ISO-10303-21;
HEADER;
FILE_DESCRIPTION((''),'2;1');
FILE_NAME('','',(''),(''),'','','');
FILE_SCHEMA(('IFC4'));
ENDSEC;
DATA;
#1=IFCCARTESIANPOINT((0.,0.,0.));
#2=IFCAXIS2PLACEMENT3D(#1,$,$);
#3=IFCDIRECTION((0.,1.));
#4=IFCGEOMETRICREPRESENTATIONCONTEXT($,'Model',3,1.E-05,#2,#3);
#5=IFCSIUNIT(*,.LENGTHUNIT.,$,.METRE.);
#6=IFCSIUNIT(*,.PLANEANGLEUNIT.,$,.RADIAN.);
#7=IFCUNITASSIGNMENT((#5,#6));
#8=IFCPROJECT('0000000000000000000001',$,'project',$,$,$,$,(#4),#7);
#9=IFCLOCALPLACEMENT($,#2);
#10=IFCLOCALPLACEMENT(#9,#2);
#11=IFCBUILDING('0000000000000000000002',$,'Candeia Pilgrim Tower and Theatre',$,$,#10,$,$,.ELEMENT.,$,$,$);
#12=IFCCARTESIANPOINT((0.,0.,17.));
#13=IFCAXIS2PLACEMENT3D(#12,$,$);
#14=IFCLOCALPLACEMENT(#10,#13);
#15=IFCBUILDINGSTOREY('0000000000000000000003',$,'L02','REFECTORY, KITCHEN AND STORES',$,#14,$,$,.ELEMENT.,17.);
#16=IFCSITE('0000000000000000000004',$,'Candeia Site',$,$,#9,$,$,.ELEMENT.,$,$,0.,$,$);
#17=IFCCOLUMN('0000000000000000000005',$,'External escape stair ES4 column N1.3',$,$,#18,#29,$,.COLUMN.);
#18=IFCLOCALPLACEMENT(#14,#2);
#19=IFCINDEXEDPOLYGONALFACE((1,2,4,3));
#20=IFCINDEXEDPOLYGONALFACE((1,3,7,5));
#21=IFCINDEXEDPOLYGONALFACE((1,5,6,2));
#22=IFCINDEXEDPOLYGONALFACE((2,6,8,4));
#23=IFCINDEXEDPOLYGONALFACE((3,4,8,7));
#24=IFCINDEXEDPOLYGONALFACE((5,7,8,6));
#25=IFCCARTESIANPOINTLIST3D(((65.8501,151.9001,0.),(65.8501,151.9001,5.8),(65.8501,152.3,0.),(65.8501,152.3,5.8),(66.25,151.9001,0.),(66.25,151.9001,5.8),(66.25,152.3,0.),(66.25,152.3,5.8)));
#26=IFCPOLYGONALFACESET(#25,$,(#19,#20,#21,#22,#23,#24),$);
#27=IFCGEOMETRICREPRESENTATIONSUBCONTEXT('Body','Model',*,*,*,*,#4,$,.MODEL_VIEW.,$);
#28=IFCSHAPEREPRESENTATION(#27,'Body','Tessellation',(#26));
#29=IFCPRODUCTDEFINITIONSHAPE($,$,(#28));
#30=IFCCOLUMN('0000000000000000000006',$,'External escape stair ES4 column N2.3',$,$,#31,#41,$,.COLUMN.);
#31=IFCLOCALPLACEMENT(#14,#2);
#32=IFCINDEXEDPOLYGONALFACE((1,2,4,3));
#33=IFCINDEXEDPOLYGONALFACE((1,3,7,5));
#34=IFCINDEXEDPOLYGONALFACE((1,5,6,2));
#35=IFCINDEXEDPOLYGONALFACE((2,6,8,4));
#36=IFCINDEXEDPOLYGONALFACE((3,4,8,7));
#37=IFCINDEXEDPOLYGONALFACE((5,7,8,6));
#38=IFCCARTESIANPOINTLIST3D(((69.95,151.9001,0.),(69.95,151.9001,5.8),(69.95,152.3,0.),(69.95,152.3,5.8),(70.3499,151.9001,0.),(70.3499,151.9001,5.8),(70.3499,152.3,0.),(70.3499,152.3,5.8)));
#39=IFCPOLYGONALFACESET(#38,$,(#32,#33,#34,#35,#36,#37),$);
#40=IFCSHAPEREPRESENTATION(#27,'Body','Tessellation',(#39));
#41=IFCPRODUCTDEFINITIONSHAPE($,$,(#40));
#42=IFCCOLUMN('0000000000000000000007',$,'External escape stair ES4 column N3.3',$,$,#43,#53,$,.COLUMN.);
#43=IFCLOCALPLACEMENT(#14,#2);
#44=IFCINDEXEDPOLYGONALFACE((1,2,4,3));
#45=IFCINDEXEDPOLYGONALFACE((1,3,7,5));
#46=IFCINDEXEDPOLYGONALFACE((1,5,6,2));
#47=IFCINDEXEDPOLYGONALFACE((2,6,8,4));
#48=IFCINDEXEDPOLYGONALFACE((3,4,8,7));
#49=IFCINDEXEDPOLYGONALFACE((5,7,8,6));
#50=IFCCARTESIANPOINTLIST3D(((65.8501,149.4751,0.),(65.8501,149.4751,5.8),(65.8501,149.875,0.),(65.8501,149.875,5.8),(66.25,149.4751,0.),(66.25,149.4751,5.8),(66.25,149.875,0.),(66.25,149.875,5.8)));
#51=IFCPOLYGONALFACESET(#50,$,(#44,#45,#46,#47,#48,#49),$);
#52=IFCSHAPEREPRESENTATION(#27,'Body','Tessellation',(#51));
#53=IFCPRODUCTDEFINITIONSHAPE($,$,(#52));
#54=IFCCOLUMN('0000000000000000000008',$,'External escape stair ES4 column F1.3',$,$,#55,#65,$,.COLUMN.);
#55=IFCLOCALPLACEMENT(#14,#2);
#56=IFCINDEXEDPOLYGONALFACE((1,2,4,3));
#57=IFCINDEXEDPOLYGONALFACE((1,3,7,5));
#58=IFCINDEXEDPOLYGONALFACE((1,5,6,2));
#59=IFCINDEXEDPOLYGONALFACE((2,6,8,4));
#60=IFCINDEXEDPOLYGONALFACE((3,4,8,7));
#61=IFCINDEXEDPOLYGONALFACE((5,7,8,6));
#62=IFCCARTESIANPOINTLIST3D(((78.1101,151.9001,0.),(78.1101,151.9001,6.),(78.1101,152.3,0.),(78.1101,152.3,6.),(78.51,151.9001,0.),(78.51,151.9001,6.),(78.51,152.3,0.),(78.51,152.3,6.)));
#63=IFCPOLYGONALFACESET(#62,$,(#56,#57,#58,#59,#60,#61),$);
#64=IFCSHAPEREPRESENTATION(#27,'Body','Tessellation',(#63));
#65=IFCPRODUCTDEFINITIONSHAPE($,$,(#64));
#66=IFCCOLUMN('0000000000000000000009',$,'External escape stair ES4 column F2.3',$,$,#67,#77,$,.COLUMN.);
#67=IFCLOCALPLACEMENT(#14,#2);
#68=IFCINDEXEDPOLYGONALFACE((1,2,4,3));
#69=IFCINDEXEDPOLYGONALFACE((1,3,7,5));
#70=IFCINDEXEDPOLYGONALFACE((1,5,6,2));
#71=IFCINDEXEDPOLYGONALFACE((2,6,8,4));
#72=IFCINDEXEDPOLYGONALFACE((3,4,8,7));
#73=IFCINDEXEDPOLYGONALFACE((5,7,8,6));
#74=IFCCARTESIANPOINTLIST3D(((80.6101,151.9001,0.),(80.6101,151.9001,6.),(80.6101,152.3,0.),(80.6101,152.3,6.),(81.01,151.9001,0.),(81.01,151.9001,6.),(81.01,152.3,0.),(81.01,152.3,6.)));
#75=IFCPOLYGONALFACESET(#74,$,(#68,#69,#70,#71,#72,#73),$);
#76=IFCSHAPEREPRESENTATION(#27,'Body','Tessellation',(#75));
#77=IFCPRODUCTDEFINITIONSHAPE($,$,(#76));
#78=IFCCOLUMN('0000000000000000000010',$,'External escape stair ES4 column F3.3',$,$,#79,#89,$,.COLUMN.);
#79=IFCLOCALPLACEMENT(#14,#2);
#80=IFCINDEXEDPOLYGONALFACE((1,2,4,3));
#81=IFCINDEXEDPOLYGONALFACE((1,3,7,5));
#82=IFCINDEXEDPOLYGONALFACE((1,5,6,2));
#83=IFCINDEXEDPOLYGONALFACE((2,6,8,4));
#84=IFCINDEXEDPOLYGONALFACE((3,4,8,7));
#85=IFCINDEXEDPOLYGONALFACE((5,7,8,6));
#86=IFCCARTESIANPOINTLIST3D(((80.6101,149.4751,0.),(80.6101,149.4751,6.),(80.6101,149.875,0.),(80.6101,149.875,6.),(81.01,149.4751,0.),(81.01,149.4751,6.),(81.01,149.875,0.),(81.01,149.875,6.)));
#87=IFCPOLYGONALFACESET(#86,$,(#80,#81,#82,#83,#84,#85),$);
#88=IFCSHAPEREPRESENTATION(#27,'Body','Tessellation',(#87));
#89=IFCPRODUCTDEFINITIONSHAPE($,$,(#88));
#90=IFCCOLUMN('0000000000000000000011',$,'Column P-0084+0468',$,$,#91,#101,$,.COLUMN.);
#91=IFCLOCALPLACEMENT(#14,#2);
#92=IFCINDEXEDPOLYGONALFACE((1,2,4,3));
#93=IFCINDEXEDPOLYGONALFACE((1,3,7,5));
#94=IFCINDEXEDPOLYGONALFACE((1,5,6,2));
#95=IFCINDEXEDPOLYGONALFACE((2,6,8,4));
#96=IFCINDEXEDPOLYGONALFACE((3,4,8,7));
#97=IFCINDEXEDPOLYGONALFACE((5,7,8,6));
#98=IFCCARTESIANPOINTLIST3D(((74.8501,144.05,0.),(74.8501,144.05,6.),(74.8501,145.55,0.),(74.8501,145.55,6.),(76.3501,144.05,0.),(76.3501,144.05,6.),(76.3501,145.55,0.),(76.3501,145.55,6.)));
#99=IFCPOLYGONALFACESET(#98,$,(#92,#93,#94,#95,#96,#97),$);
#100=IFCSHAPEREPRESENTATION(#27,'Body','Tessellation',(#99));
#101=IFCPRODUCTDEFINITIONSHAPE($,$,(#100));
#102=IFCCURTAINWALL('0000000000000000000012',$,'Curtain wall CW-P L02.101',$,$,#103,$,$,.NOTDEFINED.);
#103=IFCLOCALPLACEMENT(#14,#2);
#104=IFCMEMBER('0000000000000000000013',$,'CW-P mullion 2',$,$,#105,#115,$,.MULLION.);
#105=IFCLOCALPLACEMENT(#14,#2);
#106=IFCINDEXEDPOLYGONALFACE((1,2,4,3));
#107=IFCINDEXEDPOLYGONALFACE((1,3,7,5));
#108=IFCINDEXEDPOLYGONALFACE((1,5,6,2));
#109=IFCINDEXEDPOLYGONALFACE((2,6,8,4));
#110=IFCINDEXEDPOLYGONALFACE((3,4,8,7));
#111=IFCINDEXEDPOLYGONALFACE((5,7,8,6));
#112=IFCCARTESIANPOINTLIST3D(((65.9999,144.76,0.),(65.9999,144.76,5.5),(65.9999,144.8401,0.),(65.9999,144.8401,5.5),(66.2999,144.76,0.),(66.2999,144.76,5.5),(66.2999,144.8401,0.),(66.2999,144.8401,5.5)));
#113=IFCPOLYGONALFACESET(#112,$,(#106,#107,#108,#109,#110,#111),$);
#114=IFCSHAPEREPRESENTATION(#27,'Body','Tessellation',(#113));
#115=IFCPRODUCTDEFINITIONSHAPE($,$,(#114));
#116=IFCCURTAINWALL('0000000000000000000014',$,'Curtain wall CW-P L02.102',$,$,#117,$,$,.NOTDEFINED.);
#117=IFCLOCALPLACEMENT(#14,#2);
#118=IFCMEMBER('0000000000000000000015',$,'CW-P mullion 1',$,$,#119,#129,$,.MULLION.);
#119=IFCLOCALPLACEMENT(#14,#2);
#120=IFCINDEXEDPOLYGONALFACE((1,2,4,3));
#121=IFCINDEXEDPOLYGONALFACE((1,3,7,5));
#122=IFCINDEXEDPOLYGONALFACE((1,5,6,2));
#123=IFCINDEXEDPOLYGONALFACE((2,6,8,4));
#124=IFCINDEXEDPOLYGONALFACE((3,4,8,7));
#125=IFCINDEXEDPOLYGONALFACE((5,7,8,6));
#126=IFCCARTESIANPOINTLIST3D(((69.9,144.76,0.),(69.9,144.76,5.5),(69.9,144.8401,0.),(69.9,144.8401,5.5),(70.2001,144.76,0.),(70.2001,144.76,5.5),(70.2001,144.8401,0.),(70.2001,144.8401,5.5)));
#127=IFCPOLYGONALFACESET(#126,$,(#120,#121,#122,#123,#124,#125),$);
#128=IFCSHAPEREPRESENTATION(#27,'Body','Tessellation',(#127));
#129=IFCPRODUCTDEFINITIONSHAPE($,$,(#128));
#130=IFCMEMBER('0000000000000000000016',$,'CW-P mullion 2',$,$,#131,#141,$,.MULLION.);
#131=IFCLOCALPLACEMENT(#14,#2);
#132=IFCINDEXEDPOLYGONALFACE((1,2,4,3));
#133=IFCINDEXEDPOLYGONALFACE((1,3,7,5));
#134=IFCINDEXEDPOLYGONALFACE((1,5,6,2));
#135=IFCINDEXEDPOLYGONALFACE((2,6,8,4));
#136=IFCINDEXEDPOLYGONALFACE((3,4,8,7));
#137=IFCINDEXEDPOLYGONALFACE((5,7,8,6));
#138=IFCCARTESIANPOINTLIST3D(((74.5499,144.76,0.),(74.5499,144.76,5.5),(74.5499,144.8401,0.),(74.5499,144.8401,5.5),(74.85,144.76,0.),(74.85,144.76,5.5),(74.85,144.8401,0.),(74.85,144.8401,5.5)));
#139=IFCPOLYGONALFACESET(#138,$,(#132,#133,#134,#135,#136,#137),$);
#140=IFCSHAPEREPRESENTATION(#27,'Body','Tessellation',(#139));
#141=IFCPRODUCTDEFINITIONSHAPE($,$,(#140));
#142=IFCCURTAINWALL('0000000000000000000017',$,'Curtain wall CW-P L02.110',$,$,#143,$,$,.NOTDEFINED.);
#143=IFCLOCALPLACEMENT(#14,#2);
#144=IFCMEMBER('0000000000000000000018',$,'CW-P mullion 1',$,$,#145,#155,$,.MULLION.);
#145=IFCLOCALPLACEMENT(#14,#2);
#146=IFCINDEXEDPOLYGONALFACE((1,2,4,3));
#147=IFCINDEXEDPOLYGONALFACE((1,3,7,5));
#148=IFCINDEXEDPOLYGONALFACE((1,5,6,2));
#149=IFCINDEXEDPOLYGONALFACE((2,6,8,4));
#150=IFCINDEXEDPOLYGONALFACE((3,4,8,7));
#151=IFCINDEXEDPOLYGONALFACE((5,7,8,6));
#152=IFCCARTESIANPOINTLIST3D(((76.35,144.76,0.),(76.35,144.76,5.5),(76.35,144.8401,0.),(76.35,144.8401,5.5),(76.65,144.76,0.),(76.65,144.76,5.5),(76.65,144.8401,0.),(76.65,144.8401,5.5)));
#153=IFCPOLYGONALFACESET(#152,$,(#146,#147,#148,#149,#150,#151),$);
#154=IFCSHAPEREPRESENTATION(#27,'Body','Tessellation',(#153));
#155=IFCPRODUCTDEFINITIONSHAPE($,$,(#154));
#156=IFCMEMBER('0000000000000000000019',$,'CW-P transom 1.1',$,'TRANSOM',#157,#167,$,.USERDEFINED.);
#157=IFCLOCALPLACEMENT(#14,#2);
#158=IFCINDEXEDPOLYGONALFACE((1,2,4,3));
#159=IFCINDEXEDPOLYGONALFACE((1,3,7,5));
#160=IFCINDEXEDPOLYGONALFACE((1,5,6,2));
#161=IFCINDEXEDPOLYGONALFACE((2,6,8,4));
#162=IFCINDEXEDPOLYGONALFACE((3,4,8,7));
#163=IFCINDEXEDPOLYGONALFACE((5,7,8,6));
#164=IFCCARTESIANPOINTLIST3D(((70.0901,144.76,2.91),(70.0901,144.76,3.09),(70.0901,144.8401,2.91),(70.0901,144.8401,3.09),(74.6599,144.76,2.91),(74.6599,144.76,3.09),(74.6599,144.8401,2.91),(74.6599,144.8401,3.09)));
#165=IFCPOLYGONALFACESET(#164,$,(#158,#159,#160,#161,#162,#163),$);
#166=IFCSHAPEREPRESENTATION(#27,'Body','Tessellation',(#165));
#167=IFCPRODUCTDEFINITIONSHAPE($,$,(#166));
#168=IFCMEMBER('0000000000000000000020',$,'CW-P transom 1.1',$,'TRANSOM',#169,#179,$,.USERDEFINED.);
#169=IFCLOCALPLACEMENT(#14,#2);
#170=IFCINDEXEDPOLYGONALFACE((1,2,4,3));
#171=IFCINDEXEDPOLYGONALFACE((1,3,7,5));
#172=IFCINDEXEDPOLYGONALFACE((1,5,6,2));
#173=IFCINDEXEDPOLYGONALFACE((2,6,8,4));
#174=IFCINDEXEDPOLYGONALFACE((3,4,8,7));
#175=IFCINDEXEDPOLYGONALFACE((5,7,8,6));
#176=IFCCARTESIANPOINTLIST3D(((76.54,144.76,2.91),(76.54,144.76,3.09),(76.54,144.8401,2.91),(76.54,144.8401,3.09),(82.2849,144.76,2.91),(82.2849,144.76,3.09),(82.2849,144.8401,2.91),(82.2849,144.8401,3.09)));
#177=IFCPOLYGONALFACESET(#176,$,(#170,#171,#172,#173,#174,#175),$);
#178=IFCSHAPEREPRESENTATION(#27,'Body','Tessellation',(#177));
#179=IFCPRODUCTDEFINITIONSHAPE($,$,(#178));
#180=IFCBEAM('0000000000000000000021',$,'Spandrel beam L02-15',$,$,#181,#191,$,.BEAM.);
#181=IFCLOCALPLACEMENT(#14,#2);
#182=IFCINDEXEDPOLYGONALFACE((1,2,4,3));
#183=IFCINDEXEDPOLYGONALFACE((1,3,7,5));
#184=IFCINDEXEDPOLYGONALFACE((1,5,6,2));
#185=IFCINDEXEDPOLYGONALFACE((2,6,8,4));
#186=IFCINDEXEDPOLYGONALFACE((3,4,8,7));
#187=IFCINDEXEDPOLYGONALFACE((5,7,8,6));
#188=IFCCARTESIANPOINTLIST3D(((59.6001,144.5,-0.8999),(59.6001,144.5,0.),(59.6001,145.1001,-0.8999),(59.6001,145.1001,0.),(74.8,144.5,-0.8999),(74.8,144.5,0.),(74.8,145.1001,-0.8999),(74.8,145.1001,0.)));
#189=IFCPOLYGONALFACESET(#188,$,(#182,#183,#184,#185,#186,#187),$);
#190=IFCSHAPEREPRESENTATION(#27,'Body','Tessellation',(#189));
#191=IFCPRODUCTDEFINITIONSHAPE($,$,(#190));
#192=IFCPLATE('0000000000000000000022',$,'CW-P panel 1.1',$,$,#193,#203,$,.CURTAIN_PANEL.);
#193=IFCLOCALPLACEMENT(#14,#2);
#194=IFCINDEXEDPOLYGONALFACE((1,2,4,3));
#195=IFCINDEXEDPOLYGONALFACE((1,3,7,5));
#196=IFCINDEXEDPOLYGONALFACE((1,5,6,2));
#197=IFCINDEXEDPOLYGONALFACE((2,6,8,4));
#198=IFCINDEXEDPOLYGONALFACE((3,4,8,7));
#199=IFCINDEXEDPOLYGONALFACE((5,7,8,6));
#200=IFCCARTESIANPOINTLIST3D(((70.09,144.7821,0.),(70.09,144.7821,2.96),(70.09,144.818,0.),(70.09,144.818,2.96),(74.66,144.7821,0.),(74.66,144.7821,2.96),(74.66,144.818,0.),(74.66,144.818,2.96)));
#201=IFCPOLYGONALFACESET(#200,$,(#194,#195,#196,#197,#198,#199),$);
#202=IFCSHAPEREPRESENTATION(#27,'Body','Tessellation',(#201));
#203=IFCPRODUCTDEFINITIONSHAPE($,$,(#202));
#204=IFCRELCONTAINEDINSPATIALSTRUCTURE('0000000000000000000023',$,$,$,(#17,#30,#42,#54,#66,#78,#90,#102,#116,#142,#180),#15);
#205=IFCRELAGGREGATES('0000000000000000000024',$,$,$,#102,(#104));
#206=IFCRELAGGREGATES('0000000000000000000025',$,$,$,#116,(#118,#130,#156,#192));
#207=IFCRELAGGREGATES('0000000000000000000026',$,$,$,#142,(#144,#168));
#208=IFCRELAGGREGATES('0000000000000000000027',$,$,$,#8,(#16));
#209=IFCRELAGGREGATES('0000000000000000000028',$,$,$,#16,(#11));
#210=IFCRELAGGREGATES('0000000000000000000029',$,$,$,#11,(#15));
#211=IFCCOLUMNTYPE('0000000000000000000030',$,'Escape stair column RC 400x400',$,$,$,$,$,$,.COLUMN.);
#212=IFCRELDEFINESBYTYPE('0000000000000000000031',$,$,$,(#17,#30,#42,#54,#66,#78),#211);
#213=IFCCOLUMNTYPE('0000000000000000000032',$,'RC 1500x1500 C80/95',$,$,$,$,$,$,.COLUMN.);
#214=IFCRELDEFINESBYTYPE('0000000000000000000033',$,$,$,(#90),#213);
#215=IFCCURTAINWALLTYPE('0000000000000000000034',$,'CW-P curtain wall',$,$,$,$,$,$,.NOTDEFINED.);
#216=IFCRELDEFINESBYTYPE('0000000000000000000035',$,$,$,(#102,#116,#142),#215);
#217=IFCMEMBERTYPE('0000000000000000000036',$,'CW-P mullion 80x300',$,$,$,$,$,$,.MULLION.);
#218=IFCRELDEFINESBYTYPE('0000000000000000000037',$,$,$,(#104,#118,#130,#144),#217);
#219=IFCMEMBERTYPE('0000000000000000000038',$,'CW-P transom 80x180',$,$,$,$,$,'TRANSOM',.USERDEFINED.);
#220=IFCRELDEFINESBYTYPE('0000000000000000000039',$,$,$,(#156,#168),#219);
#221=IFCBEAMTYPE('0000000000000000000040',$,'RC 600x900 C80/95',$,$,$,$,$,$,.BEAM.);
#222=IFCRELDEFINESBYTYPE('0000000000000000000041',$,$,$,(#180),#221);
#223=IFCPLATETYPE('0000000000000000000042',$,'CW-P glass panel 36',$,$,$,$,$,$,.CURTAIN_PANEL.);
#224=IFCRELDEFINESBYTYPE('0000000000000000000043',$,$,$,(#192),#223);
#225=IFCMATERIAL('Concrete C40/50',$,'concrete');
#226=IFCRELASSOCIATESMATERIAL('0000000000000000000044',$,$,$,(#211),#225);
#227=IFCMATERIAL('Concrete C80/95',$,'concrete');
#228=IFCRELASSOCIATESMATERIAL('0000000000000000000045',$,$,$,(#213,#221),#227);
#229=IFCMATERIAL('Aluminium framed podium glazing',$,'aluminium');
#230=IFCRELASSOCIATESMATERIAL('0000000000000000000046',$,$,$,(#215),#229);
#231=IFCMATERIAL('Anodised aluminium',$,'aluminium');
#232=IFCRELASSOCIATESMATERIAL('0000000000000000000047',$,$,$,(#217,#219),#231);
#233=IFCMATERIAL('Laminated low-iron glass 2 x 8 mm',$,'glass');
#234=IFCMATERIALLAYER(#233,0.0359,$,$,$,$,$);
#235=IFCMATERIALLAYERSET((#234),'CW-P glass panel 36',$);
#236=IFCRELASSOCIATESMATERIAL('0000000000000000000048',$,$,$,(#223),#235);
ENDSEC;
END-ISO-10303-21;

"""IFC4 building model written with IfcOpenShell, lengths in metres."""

from ifc_helpers import new_model, si_unit, direction, frame, origin, origin_2d, place, context, subcontext, project, spatial, rectangle, extrude, material, layer, layer_set, material_profile, profile_set, type_object, element, aggregate, save


model = new_model("IFC4")

# Units and contexts
model_context = context("Model", 3, precision=1e-05, world=origin(), true_north=direction((0.0, 1.0)))
body_context = subcontext(model_context, "Body", "Model", "MODEL_VIEW")
ifc_project = project(units=[si_unit("LENGTHUNIT", "METRE"), si_unit("PLANEANGLEUNIT", "RADIAN")], contexts=[model_context])

# Site, building, storey
site_placement = place(None, origin())
site = spatial("IfcSite", under=ifc_project, at=site_placement, Name="Candeia Site", CompositionType="ELEMENT", RefElevation=0.0)
building_placement = place(site_placement, origin())
building = spatial("IfcBuilding", under=site, at=building_placement, Name="Candeia Pilgrim Tower and Theatre", CompositionType="ELEMENT")
storey_placement = place(building_placement, frame((0.0, 0.0, 17.0)))
storey = spatial("IfcBuildingStorey", under=building, at=storey_placement, Name="L02", Description="REFECTORY, KITCHEN AND STORES", CompositionType="ELEMENT", Elevation=17.0)

# Columns
ifc_material_1 = material(Name="Concrete C40/50", Category="concrete")
ifc_material_profile_1 = material_profile(ifc_material_1, rectangle(XDim=0.3999, YDim=0.3999, at=origin_2d()))
ifc_profile_set_1 = profile_set([ifc_material_profile_1], Name="Concrete C40/50")
column_type_1 = type_object("IfcColumnType", Name="Escape stair column RC 400x400", PredefinedType="COLUMN", material=ifc_profile_set_1)
for number, where, z_axis, x_axis, name in (
    (1, (66.05, 152.1001, 0.0), (0.0, 0.0, 1.0), (1.0, 0.0, 0.0), "External escape stair ES4 column N1.3"),
    (2, (70.1499, 152.1001, 0.0), (0.0, 0.0, 1.0), (1.0, 0.0, 0.0), "External escape stair ES4 column N2.3"),
    (3, (66.05, 149.675, 0.0), (0.0, 0.0, 1.0), (1.0, 0.0, 0.0), "External escape stair ES4 column N3.3"),
):
    element("IfcColumn", number, at=place(storey_placement, frame(where, z_axis=z_axis, x_axis=x_axis)), inside=storey, type_object=column_type_1, Name=name, PredefinedType="COLUMN", context=body_context, shape_type="SweptSolid", body=[
        extrude(rectangle(XDim=0.3999, YDim=0.3999, at=origin_2d()), origin(), (0.0, 0.0, 1.0), 5.8),
    ])
for number, where, z_axis, x_axis, name in (
    (4, (78.3101, 152.1001, 0.0), (0.0, 0.0, 1.0), (1.0, 0.0, 0.0), "External escape stair ES4 column F1.3"),
    (5, (80.8101, 152.1001, 0.0), (0.0, 0.0, 1.0), (1.0, 0.0, 0.0), "External escape stair ES4 column F2.3"),
    (6, (80.8101, 149.675, 0.0), (0.0, 0.0, 1.0), (1.0, 0.0, 0.0), "External escape stair ES4 column F3.3"),
):
    element("IfcColumn", number, at=place(storey_placement, frame(where, z_axis=z_axis, x_axis=x_axis)), inside=storey, type_object=column_type_1, Name=name, PredefinedType="COLUMN", context=body_context, shape_type="SweptSolid", body=[
        extrude(rectangle(XDim=0.3999, YDim=0.3999, at=origin_2d()), origin(), (0.0, 0.0, 1.0), 6.0),
    ])
ifc_material_2 = material(Name="Concrete C80/95", Category="concrete")
ifc_material_profile_2 = material_profile(ifc_material_2, rectangle(XDim=1.5, YDim=1.5, at=origin_2d()))
ifc_profile_set_2 = profile_set([ifc_material_profile_2], Name="Concrete C80/95")
column_type_2 = type_object("IfcColumnType", Name="RC 1500x1500 C80/95", PredefinedType="COLUMN", material=ifc_profile_set_2)
column_placement = place(storey_placement, frame((75.6001, 144.8, 0.0), z_axis=(0.0, 0.0, 1.0), x_axis=(1.0, 0.0, 0.0)))
element("IfcColumn", 7, at=column_placement, inside=storey, type_object=column_type_2, Name="Column P-0084+0468", PredefinedType="COLUMN", context=body_context, shape_type="SweptSolid", body=[
    extrude(rectangle(XDim=1.5, YDim=1.5, at=origin_2d()), origin(), (0.0, 0.0, 1.0), 6.0),
])

# Curtain wall, member
ifc_material_3 = material(Name="Aluminium framed podium glazing", Category="aluminium")
curtain_wall_type = type_object("IfcCurtainWallType", Name="CW-P curtain wall", PredefinedType="NOTDEFINED", material=ifc_material_3)
curtain_wall_1_placement = place(storey_placement, origin())
curtain_wall_1 = element("IfcCurtainWall", 8, at=curtain_wall_1_placement, inside=storey, type_object=curtain_wall_type, Name="Curtain wall CW-P L02.101", PredefinedType="NOTDEFINED")
ifc_material_4 = material(Name="Anodised aluminium", Category="aluminium")
ifc_material_profile_3 = material_profile(ifc_material_4, rectangle(XDim=0.0801, YDim=0.3, at=origin_2d()))
ifc_profile_set_3 = profile_set([ifc_material_profile_3], Name="Anodised aluminium")
member_type_1 = type_object("IfcMemberType", Name="CW-P mullion 80x300", PredefinedType="MULLION", material=ifc_profile_set_3)
member_1_placement = place(storey_placement, frame((66.1499, 144.8, 0.0), z_axis=(0.0, 0.0, 1.0), x_axis=(0.0, 1.0, 0.0)))
member_1 = element("IfcMember", 9, at=member_1_placement, type_object=member_type_1, Name="CW-P mullion 2", PredefinedType="MULLION", context=body_context, shape_type="SweptSolid", body=[
    extrude(rectangle(XDim=0.0801, YDim=0.3, at=origin_2d()), origin(), (0.0, 0.0, 1.0), 5.5),
])
aggregate(curtain_wall_1, [member_1])

# Curtain wall, members
curtain_wall_2_placement = place(storey_placement, origin())
curtain_wall_2 = element("IfcCurtainWall", 10, at=curtain_wall_2_placement, inside=storey, type_object=curtain_wall_type, Name="Curtain wall CW-P L02.102", PredefinedType="NOTDEFINED")
member_2_placement = place(storey_placement, frame((70.05, 144.8, 0.0), z_axis=(0.0, 0.0, 1.0), x_axis=(0.0, 1.0, 0.0)))
member_2 = element("IfcMember", 11, at=member_2_placement, type_object=member_type_1, Name="CW-P mullion 1", PredefinedType="MULLION", context=body_context, shape_type="SweptSolid", body=[
    extrude(rectangle(XDim=0.0801, YDim=0.3, at=origin_2d()), origin(), (0.0, 0.0, 1.0), 5.5),
])
member_3_placement = place(storey_placement, frame((74.7, 144.8, 0.0), z_axis=(0.0, 0.0, 1.0), x_axis=(0.0, 1.0, 0.0)))
member_3 = element("IfcMember", 12, at=member_3_placement, type_object=member_type_1, Name="CW-P mullion 2", PredefinedType="MULLION", context=body_context, shape_type="SweptSolid", body=[
    extrude(rectangle(XDim=0.0801, YDim=0.3, at=origin_2d()), origin(), (0.0, 0.0, 1.0), 5.5),
])

# Curtain wall, member
curtain_wall_3_placement = place(storey_placement, origin())
curtain_wall_3 = element("IfcCurtainWall", 13, at=curtain_wall_3_placement, inside=storey, type_object=curtain_wall_type, Name="Curtain wall CW-P L02.110", PredefinedType="NOTDEFINED")
member_4_placement = place(storey_placement, frame((76.5, 144.8, 0.0), z_axis=(0.0, 0.0, 1.0), x_axis=(0.0, 1.0, 0.0)))
member_4 = element("IfcMember", 14, at=member_4_placement, type_object=member_type_1, Name="CW-P mullion 1", PredefinedType="MULLION", context=body_context, shape_type="SweptSolid", body=[
    extrude(rectangle(XDim=0.0801, YDim=0.3, at=origin_2d()), origin(), (0.0, 0.0, 1.0), 5.5),
])

# Members
ifc_material_profile_4 = material_profile(ifc_material_4, rectangle(XDim=0.0801, YDim=0.1799, at=origin_2d()))
ifc_profile_set_4 = profile_set([ifc_material_profile_4], Name="Anodised aluminium")
member_type_2 = type_object("IfcMemberType", Name="CW-P transom 80x180", ElementType="TRANSOM", PredefinedType="USERDEFINED", material=ifc_profile_set_4)
member_5_placement = place(storey_placement, frame((70.0901, 144.8, 3.0), z_axis=(1.0, 0.0, 0.0), x_axis=(0.0, 1.0, 0.0)))
member_5 = element("IfcMember", 15, at=member_5_placement, type_object=member_type_2, Name="CW-P transom 1.1", ObjectType="TRANSOM", PredefinedType="USERDEFINED", context=body_context, shape_type="SweptSolid", body=[
    extrude(rectangle(XDim=0.0801, YDim=0.1799, at=origin_2d()), origin(), (0.0, 0.0, 1.0), 4.5698),
])
member_6_placement = place(storey_placement, frame((76.54, 144.8, 3.0), z_axis=(1.0, 0.0, 0.0), x_axis=(0.0, 1.0, 0.0)))
member_6 = element("IfcMember", 16, at=member_6_placement, type_object=member_type_2, Name="CW-P transom 1.1", ObjectType="TRANSOM", PredefinedType="USERDEFINED", context=body_context, shape_type="SweptSolid", body=[
    extrude(rectangle(XDim=0.0801, YDim=0.1799, at=origin_2d()), origin(), (0.0, 0.0, 1.0), 5.7449),
])

# Beam
ifc_material_profile_5 = material_profile(ifc_material_2, rectangle(XDim=0.6001, YDim=0.8999, at=origin_2d()))
ifc_profile_set_5 = profile_set([ifc_material_profile_5], Name="Concrete C80/95")
beam_type = type_object("IfcBeamType", Name="RC 600x900 C80/95", PredefinedType="BEAM", material=ifc_profile_set_5)
beam_placement = place(storey_placement, frame((74.8, 144.8, -0.45), z_axis=(-1.0, 0.0, 0.0), x_axis=(0.0, -1.0, 0.0)))
element("IfcBeam", 17, at=beam_placement, inside=storey, type_object=beam_type, Name="Spandrel beam L02-15", PredefinedType="BEAM", context=body_context, shape_type="SweptSolid", body=[
    extrude(rectangle(XDim=0.6001, YDim=0.8999, at=origin_2d()), origin(), (0.0, 0.0, 1.0), 15.2),
])

# Plate
ifc_material_5 = material(Name="Laminated low-iron glass 2 x 8 mm", Category="glass")
ifc_layer_1 = layer(ifc_material_5, 0.0359)
ifc_layer_set_1 = layer_set([ifc_layer_1], Name="CW-P glass panel 36")
plate_type = type_object("IfcPlateType", Name="CW-P glass panel 36", PredefinedType="CURTAIN_PANEL", material=ifc_layer_set_1)
plate_1_placement = place(storey_placement, frame((72.375, 144.8, 0.0), z_axis=(0.0, 0.0, 1.0), x_axis=(1.0, 0.0, 0.0)))
plate_1 = element("IfcPlate", 18, at=plate_1_placement, type_object=plate_type, Name="CW-P panel 1.1", PredefinedType="CURTAIN_PANEL", context=body_context, shape_type="SweptSolid", body=[
    extrude(rectangle(XDim=4.5701, YDim=0.0359, at=origin_2d()), origin(), (0.0, 0.0, 1.0), 2.96),
])
aggregate(curtain_wall_2, [member_2, member_3, member_5, plate_1])
aggregate(curtain_wall_3, [member_4, member_6])

save(model, "model.ifc")
